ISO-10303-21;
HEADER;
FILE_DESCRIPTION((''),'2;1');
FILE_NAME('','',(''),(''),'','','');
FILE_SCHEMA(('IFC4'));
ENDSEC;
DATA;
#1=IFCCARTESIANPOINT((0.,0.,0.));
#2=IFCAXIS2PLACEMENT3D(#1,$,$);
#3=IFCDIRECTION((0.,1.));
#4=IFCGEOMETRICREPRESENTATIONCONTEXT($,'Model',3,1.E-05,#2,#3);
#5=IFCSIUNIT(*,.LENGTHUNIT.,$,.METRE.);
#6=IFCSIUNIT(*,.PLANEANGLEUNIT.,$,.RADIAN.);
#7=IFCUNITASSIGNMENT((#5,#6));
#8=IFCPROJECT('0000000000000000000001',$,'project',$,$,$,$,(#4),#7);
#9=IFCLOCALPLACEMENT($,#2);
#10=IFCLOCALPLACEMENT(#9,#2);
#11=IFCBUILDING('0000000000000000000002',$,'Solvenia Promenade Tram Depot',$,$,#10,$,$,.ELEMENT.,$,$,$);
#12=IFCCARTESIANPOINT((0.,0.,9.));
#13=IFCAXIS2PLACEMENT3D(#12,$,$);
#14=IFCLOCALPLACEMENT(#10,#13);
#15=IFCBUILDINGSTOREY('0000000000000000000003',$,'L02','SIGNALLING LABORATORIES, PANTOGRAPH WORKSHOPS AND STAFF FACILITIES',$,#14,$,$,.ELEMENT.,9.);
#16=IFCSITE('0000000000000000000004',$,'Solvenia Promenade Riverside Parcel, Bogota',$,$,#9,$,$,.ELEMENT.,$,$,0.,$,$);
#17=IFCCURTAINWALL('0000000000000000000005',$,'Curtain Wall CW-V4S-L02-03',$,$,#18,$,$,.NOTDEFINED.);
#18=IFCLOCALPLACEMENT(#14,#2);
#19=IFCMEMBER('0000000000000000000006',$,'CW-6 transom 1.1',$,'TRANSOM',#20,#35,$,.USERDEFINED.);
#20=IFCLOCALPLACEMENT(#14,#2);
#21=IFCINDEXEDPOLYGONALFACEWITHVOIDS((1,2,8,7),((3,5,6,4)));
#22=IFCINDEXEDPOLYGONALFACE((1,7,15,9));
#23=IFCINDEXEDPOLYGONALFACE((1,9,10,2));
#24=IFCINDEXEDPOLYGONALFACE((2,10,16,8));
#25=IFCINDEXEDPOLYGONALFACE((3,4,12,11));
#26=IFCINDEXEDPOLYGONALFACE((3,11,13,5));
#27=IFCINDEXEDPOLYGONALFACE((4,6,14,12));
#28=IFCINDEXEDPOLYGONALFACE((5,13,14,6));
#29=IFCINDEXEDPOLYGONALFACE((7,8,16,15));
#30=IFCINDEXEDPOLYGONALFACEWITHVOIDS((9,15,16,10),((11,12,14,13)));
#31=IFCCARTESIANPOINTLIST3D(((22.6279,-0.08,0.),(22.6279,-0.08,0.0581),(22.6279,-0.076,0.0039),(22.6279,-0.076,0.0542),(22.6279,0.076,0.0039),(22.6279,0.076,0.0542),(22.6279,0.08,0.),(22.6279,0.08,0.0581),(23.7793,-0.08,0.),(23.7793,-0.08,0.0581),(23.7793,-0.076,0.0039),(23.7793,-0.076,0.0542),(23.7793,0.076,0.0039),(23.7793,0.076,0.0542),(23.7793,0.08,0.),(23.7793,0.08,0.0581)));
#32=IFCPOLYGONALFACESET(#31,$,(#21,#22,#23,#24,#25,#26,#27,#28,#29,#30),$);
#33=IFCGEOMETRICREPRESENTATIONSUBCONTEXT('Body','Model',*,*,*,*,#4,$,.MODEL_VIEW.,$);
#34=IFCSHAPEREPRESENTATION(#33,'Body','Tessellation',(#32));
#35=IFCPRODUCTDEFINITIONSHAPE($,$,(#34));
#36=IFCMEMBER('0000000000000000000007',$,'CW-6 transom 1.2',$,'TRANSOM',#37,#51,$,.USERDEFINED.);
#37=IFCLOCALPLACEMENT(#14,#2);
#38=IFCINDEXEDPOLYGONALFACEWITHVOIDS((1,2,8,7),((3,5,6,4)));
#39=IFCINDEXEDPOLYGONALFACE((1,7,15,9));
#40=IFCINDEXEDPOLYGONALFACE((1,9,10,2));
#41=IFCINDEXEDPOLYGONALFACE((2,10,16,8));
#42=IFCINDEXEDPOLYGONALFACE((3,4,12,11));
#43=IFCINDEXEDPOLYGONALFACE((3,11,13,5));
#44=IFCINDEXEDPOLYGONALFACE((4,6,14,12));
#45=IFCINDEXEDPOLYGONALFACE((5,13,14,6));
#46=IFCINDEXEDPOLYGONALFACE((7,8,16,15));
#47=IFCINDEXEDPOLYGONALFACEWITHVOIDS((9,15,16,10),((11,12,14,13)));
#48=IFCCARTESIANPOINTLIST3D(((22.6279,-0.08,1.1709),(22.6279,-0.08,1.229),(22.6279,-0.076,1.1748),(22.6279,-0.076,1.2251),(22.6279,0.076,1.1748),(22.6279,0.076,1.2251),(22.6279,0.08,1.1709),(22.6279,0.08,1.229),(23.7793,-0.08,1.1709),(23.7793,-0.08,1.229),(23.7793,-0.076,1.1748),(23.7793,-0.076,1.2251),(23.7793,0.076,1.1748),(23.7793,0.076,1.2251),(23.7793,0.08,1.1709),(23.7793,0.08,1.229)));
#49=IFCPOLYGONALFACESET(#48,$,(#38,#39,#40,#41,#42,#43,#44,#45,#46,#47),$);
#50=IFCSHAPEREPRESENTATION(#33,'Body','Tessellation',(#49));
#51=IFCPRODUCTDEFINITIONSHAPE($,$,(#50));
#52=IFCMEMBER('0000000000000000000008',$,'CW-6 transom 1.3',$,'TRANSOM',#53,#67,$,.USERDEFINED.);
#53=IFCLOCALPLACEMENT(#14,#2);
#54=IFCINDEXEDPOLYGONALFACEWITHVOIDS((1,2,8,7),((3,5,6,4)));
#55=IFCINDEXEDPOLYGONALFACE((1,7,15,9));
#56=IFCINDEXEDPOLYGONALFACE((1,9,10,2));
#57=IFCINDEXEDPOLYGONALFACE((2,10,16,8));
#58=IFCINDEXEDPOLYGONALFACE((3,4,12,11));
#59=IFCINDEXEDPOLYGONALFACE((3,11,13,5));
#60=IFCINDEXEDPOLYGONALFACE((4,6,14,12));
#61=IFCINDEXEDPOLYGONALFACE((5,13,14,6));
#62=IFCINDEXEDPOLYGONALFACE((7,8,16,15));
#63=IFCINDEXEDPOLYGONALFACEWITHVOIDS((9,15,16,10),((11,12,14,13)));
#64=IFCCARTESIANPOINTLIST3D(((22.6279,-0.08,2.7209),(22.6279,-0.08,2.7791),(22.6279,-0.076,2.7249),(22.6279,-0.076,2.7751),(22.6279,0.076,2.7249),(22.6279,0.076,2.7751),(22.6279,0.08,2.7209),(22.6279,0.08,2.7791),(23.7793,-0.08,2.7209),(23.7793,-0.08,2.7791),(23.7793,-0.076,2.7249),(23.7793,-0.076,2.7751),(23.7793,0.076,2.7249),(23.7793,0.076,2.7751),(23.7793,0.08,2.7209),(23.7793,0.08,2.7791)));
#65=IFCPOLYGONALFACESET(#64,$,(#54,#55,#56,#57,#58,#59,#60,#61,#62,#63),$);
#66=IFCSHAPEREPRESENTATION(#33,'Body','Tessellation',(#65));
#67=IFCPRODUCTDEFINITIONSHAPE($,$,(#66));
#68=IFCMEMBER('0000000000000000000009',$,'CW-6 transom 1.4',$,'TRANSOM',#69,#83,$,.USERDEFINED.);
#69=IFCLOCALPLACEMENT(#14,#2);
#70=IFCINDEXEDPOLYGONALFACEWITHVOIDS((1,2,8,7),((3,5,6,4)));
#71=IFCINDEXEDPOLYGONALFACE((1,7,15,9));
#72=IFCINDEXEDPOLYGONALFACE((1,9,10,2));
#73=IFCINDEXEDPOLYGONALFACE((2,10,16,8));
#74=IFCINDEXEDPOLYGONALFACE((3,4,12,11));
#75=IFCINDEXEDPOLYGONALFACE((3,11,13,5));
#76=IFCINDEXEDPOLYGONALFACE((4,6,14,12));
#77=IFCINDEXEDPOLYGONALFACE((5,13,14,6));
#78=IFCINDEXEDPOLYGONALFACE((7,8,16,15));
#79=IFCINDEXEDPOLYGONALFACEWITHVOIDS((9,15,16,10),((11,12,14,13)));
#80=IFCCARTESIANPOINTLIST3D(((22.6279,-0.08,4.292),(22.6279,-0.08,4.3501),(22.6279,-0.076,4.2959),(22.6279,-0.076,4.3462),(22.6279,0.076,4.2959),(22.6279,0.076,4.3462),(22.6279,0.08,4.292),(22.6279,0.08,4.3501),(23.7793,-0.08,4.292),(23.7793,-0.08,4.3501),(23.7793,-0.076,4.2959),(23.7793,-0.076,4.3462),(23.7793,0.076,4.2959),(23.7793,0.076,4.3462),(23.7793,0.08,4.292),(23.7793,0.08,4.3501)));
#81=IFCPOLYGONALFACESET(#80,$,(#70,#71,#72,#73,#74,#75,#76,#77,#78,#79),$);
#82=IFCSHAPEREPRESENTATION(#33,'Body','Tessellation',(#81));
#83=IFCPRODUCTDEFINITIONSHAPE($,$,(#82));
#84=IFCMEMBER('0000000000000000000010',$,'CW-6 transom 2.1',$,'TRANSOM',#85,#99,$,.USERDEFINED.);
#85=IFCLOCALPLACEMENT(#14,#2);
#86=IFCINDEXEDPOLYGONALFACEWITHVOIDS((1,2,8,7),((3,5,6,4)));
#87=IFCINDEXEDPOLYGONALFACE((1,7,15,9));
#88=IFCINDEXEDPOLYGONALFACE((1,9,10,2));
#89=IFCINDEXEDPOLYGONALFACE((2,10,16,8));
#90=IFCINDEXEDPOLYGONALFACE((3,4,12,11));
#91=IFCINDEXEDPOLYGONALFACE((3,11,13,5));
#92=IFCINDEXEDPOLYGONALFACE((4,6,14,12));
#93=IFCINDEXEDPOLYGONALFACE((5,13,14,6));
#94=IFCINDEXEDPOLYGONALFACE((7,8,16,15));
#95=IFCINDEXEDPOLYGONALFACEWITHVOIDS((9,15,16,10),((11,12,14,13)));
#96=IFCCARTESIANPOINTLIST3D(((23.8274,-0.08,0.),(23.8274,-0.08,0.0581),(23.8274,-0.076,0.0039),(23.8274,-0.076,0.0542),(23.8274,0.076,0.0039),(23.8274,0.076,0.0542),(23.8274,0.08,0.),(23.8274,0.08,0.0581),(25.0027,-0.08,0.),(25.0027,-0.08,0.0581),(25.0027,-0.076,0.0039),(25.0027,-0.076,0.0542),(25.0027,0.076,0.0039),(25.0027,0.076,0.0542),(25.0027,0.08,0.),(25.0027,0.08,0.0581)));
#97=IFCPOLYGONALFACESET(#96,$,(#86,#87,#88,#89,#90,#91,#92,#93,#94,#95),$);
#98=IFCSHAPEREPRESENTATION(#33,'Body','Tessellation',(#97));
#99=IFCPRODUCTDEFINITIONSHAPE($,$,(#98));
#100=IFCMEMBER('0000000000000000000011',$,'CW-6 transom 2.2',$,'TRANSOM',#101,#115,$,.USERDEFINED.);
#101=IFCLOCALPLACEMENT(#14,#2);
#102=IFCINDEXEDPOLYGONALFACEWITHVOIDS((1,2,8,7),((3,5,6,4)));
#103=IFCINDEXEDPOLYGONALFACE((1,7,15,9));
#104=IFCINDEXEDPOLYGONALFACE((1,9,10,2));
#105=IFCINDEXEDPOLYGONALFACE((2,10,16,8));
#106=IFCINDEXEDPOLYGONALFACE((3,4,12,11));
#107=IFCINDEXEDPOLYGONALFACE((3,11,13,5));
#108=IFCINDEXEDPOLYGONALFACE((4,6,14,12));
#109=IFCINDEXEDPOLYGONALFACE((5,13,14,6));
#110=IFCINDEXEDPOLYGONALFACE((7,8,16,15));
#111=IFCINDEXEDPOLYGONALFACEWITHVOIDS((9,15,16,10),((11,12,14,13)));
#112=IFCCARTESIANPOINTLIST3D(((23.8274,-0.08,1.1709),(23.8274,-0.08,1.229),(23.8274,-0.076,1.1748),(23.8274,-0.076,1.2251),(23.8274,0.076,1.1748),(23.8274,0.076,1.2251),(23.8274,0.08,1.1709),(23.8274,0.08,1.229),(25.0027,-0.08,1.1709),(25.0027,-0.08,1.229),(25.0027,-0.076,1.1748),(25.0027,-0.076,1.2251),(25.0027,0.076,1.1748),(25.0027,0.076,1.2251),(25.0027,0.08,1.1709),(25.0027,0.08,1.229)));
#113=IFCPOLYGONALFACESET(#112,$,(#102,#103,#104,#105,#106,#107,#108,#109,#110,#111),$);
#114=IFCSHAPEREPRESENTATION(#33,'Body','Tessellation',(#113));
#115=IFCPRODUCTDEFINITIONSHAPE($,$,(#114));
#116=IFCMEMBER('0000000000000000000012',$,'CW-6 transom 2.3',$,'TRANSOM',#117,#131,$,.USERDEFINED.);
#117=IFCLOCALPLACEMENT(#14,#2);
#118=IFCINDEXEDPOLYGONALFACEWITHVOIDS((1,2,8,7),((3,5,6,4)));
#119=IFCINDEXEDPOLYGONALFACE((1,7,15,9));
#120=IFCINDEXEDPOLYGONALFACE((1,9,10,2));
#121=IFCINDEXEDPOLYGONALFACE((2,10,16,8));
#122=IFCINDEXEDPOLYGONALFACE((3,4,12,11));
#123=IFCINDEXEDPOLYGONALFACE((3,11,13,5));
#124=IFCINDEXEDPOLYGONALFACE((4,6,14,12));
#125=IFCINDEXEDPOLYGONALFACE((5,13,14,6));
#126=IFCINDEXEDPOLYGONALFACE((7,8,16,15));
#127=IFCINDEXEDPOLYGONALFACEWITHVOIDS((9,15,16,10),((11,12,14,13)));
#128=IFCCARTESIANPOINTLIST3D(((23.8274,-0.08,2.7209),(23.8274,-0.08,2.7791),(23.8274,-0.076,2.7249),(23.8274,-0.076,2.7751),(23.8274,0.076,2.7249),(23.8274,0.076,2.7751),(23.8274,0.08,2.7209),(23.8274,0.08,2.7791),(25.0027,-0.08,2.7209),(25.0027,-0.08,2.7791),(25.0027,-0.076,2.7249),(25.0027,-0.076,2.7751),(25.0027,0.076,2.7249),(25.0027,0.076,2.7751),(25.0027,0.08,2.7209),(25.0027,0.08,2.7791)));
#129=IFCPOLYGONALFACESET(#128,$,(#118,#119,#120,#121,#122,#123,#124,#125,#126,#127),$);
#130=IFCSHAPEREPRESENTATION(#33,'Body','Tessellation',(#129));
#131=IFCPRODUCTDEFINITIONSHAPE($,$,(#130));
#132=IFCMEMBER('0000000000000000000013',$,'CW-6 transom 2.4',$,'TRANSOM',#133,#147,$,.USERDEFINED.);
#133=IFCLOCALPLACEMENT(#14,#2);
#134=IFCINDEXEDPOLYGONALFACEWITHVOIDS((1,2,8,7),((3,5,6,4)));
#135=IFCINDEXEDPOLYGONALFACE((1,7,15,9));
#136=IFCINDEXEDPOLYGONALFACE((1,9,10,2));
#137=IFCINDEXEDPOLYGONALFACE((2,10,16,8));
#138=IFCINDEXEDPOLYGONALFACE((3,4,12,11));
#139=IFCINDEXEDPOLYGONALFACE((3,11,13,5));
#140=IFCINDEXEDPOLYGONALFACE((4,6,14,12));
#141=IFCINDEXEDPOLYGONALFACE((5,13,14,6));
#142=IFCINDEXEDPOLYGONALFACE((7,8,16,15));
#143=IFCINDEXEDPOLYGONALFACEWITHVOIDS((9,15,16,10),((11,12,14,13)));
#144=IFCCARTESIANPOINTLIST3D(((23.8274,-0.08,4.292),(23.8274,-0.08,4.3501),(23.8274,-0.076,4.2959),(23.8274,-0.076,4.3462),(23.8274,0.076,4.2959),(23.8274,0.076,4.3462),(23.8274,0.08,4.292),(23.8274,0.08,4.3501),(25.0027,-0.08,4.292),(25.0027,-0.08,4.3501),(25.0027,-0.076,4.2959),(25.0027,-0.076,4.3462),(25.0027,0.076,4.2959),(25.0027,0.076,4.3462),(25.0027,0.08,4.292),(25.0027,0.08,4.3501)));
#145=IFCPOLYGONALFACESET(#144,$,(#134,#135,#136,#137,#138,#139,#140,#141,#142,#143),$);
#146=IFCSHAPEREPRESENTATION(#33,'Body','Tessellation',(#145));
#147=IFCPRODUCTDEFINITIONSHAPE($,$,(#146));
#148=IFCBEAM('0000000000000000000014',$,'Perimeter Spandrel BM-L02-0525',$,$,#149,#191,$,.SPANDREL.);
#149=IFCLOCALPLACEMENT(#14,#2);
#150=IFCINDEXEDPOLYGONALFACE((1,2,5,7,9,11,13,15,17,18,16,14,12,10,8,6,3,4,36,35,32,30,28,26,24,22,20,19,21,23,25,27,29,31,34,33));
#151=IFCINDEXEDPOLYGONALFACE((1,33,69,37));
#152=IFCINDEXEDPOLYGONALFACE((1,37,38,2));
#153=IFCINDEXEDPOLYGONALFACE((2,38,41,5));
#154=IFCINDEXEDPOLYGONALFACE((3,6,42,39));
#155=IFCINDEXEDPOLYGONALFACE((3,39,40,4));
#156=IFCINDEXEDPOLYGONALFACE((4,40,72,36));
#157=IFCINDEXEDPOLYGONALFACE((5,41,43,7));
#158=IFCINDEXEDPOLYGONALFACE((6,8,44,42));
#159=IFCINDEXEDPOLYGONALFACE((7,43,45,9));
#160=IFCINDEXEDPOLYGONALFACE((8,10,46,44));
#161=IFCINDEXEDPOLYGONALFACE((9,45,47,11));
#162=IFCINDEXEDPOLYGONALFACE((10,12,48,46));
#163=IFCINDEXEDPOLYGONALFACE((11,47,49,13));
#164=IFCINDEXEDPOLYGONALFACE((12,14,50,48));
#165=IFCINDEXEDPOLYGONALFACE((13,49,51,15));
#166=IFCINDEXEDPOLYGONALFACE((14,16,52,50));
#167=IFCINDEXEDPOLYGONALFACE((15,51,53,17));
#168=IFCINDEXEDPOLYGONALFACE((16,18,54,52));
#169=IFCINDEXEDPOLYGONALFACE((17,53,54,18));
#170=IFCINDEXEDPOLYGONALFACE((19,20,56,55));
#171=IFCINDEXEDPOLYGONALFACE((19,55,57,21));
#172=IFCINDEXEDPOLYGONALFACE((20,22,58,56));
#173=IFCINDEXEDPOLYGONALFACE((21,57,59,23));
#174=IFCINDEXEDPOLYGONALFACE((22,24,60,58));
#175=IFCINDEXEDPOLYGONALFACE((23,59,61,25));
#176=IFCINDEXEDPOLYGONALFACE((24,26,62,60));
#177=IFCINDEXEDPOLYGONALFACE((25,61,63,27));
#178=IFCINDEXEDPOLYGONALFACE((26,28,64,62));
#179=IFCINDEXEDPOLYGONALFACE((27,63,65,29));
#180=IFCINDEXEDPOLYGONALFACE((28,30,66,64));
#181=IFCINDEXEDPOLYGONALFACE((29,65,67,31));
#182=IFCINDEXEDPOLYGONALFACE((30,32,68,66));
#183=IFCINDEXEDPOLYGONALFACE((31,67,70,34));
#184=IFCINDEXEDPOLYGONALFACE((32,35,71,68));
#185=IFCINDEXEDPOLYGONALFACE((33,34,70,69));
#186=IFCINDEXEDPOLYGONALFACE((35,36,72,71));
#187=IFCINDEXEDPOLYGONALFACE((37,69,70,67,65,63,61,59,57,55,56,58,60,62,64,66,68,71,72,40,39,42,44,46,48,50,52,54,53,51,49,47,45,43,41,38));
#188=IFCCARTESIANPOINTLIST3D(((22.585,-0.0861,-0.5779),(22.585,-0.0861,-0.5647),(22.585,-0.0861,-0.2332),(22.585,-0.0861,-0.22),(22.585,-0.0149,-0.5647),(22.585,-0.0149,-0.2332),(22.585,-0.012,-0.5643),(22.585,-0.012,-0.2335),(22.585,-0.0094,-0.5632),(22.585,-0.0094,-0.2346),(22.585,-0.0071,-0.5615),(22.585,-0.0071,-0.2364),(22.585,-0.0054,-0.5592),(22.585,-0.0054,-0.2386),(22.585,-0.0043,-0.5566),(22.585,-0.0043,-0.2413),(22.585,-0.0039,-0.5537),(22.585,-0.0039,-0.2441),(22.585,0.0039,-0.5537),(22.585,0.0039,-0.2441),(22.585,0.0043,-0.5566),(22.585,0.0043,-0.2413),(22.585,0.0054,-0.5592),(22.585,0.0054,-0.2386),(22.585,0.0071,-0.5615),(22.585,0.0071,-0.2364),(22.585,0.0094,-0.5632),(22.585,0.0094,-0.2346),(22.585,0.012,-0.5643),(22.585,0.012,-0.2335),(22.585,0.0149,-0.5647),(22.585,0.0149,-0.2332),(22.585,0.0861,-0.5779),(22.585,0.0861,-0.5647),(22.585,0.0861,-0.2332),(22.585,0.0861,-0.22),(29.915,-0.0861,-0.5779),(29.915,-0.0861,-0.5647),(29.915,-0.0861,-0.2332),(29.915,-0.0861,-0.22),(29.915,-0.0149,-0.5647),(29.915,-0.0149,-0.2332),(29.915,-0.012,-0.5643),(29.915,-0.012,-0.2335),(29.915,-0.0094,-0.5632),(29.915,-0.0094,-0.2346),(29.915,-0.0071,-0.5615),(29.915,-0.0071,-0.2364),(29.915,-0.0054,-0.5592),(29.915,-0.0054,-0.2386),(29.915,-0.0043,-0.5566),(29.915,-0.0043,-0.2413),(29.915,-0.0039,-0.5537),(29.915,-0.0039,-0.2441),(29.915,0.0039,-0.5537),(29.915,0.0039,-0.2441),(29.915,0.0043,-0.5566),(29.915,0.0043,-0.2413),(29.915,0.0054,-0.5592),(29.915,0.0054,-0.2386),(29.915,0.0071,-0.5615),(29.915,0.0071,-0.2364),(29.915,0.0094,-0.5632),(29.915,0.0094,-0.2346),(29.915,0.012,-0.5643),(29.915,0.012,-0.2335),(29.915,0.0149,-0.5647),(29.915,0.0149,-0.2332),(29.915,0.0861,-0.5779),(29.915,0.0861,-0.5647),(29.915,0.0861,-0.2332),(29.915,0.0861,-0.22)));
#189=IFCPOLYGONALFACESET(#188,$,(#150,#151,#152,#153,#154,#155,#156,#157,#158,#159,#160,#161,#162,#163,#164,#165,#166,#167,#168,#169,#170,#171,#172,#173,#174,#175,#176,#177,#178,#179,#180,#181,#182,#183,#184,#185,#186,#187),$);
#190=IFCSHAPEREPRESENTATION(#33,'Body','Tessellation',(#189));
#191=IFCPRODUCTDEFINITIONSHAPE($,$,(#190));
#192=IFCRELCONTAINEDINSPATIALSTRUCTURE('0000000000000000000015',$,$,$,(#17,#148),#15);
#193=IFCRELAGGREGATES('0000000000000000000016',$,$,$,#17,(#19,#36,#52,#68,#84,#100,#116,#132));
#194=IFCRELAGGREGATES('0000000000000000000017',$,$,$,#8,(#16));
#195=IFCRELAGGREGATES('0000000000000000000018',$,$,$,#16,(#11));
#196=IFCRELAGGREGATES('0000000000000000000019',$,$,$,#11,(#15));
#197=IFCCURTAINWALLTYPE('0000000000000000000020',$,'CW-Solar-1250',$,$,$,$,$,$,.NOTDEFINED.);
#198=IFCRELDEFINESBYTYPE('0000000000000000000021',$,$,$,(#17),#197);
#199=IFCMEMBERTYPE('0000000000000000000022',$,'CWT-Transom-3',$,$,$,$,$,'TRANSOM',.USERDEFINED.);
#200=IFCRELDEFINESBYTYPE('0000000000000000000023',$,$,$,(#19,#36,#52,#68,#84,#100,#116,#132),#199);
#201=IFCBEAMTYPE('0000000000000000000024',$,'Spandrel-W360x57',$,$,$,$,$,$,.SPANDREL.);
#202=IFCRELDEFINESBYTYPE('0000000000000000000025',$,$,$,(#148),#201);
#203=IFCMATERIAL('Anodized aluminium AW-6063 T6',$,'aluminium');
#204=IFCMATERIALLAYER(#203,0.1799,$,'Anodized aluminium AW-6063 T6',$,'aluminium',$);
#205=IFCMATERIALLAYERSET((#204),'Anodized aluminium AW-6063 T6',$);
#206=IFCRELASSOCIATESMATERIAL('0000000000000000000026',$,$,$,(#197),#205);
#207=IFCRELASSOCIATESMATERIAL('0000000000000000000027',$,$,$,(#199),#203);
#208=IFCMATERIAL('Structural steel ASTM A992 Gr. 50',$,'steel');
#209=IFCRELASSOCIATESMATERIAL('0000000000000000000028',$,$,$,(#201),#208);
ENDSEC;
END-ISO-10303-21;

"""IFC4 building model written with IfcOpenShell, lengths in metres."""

from ifc_helpers import new_model, si_unit, direction, frame, origin, origin_2d, place, context, subcontext, project, spatial, hollow_rectangle, i_section, extrude, material, layer, layer_set, material_profile, profile_set, type_object, element, aggregate, save


model = new_model("IFC4")

# Units and contexts
model_context = context("Model", 3, precision=1e-05, world=origin(), true_north=direction((0.0, 1.0)))
body_context = subcontext(model_context, "Body", "Model", "MODEL_VIEW")
ifc_project = project(units=[si_unit("LENGTHUNIT", "METRE"), si_unit("PLANEANGLEUNIT", "RADIAN")], contexts=[model_context])

# Site, building, storey
site_placement = place(None, origin())
site = spatial("IfcSite", under=ifc_project, at=site_placement, Name="Solvenia Promenade Riverside Parcel, Bogota", CompositionType="ELEMENT", RefElevation=0.0)
building_placement = place(site_placement, origin())
building = spatial("IfcBuilding", under=site, at=building_placement, Name="Solvenia Promenade Tram Depot", CompositionType="ELEMENT")
storey_placement = place(building_placement, frame((0.0, 0.0, 9.0)))
storey = spatial("IfcBuildingStorey", under=building, at=storey_placement, Name="L02", Description="SIGNALLING LABORATORIES, PANTOGRAPH WORKSHOPS AND STAFF FACILITIES", CompositionType="ELEMENT", Elevation=9.0)

# Shared definitions
ifc_material_1 = material(Name="Structural steel ASTM A992 Gr. 50", Category="steel")

# Curtain wall
ifc_material_2 = material(Name="Anodized aluminium AW-6063 T6", Category="aluminium")
ifc_layer_1 = layer(ifc_material_2, 0.1799, Name="Anodized aluminium AW-6063 T6", Category="aluminium")
ifc_layer_set_1 = layer_set([ifc_layer_1], Name="Anodized aluminium AW-6063 T6")
curtain_wall_type_1 = type_object("IfcCurtainWallType", Name="CW-Solar-1250", PredefinedType="NOTDEFINED", material=ifc_layer_set_1)
curtain_wall_1_placement = place(storey_placement, origin())
curtain_wall_1 = element("IfcCurtainWall", 1, at=curtain_wall_1_placement, inside=storey, type_object=curtain_wall_type_1, Name="Curtain Wall CW-V4S-L02-03", PredefinedType="NOTDEFINED")

# Members
ifc_material_profile_1 = material_profile(ifc_material_2, hollow_rectangle(XDim=0.1599, YDim=0.0581, WallThickness=0.0039, at=origin_2d()), Name="ALU-T3", Category="aluminium")
ifc_profile_set_1 = profile_set([ifc_material_profile_1], Name="Anodized aluminium AW-6063 T6")
member_type_1 = type_object("IfcMemberType", Name="CWT-Transom-3", ElementType="TRANSOM", PredefinedType="USERDEFINED", material=ifc_profile_set_1)
member_1_placement = place(storey_placement, frame((22.6279, 0.0, 0.0291), z_axis=(1.0, 0.0, 0.0), x_axis=(0.0, 1.0, 0.0)))
member_1 = element("IfcMember", 2, at=member_1_placement, type_object=member_type_1, Name="CW-6 transom 1.1", ObjectType="TRANSOM", PredefinedType="USERDEFINED", context=body_context, shape_type="SweptSolid", body=[
    extrude(hollow_rectangle(XDim=0.1599, YDim=0.0581, WallThickness=0.0039, at=origin_2d()), origin(), (0.0, 0.0, 1.0), 1.1514),
])
member_2_placement = place(storey_placement, frame((22.6279, 0.0, 1.2), z_axis=(1.0, 0.0, 0.0), x_axis=(0.0, 1.0, 0.0)))
member_2 = element("IfcMember", 3, at=member_2_placement, type_object=member_type_1, Name="CW-6 transom 1.2", ObjectType="TRANSOM", PredefinedType="USERDEFINED", context=body_context, shape_type="SweptSolid", body=[
    extrude(hollow_rectangle(XDim=0.1599, YDim=0.0581, WallThickness=0.0039, at=origin_2d()), origin(), (0.0, 0.0, 1.0), 1.1514),
])
member_3_placement = place(storey_placement, frame((22.6279, 0.0, 2.75), z_axis=(1.0, 0.0, 0.0), x_axis=(0.0, 1.0, 0.0)))
member_3 = element("IfcMember", 4, at=member_3_placement, type_object=member_type_1, Name="CW-6 transom 1.3", ObjectType="TRANSOM", PredefinedType="USERDEFINED", context=body_context, shape_type="SweptSolid", body=[
    extrude(hollow_rectangle(XDim=0.1599, YDim=0.0581, WallThickness=0.0039, at=origin_2d()), origin(), (0.0, 0.0, 1.0), 1.1514),
])
member_4_placement = place(storey_placement, frame((22.6279, 0.0, 4.321), z_axis=(1.0, 0.0, 0.0), x_axis=(0.0, 1.0, 0.0)))
member_4 = element("IfcMember", 5, at=member_4_placement, type_object=member_type_1, Name="CW-6 transom 1.4", ObjectType="TRANSOM", PredefinedType="USERDEFINED", context=body_context, shape_type="SweptSolid", body=[
    extrude(hollow_rectangle(XDim=0.1599, YDim=0.0581, WallThickness=0.0039, at=origin_2d()), origin(), (0.0, 0.0, 1.0), 1.1514),
])
member_5_placement = place(storey_placement, frame((23.8274, 0.0, 0.0291), z_axis=(1.0, 0.0, 0.0), x_axis=(0.0, 1.0, 0.0)))
member_5 = element("IfcMember", 6, at=member_5_placement, type_object=member_type_1, Name="CW-6 transom 2.1", ObjectType="TRANSOM", PredefinedType="USERDEFINED", context=body_context, shape_type="SweptSolid", body=[
    extrude(hollow_rectangle(XDim=0.1599, YDim=0.0581, WallThickness=0.0039, at=origin_2d()), origin(), (0.0, 0.0, 1.0), 1.1753),
])
member_6_placement = place(storey_placement, frame((23.8274, 0.0, 1.2), z_axis=(1.0, 0.0, 0.0), x_axis=(0.0, 1.0, 0.0)))
member_6 = element("IfcMember", 7, at=member_6_placement, type_object=member_type_1, Name="CW-6 transom 2.2", ObjectType="TRANSOM", PredefinedType="USERDEFINED", context=body_context, shape_type="SweptSolid", body=[
    extrude(hollow_rectangle(XDim=0.1599, YDim=0.0581, WallThickness=0.0039, at=origin_2d()), origin(), (0.0, 0.0, 1.0), 1.1753),
])
member_7_placement = place(storey_placement, frame((23.8274, 0.0, 2.75), z_axis=(1.0, 0.0, 0.0), x_axis=(0.0, 1.0, 0.0)))
member_7 = element("IfcMember", 8, at=member_7_placement, type_object=member_type_1, Name="CW-6 transom 2.3", ObjectType="TRANSOM", PredefinedType="USERDEFINED", context=body_context, shape_type="SweptSolid", body=[
    extrude(hollow_rectangle(XDim=0.1599, YDim=0.0581, WallThickness=0.0039, at=origin_2d()), origin(), (0.0, 0.0, 1.0), 1.1753),
])
member_8_placement = place(storey_placement, frame((23.8274, 0.0, 4.321), z_axis=(1.0, 0.0, 0.0), x_axis=(0.0, 1.0, 0.0)))
member_8 = element("IfcMember", 9, at=member_8_placement, type_object=member_type_1, Name="CW-6 transom 2.4", ObjectType="TRANSOM", PredefinedType="USERDEFINED", context=body_context, shape_type="SweptSolid", body=[
    extrude(hollow_rectangle(XDim=0.1599, YDim=0.0581, WallThickness=0.0039, at=origin_2d()), origin(), (0.0, 0.0, 1.0), 1.1753),
])

# Beam
ifc_material_profile_2 = material_profile(ifc_material_1, i_section(OverallWidth=0.1721, OverallDepth=0.3579, WebThickness=0.0078, FlangeThickness=0.0132, FilletRadius=0.011, at=origin_2d()), Name="W360x57", Category="steel")
ifc_profile_set_2 = profile_set([ifc_material_profile_2], Name="Structural steel ASTM A992 Gr. 50")
beam_type = type_object("IfcBeamType", Name="Spandrel-W360x57", PredefinedType="SPANDREL", material=ifc_profile_set_2)
for number, where, z_axis, x_axis, name in (
    (10, (22.585, 0.0, -0.3989), (1.0, 0.0, 0.0), (0.0, 1.0, 0.0), "Perimeter Spandrel BM-L02-0525"),
):
    element("IfcBeam", number, at=place(storey_placement, frame(where, z_axis=z_axis, x_axis=x_axis)), inside=storey, type_object=beam_type, Name=name, PredefinedType="SPANDREL", context=body_context, shape_type="SweptSolid", body=[
        extrude(i_section(OverallWidth=0.1721, OverallDepth=0.3579, WebThickness=0.0078, FlangeThickness=0.0132, FilletRadius=0.011, at=origin_2d()), origin(), (0.0, 0.0, 1.0), 7.3301),
    ])

aggregate(curtain_wall_1, [member_1, member_2, member_3, member_4, member_5, member_6, member_7, member_8])

save(model, "model.ifc")
